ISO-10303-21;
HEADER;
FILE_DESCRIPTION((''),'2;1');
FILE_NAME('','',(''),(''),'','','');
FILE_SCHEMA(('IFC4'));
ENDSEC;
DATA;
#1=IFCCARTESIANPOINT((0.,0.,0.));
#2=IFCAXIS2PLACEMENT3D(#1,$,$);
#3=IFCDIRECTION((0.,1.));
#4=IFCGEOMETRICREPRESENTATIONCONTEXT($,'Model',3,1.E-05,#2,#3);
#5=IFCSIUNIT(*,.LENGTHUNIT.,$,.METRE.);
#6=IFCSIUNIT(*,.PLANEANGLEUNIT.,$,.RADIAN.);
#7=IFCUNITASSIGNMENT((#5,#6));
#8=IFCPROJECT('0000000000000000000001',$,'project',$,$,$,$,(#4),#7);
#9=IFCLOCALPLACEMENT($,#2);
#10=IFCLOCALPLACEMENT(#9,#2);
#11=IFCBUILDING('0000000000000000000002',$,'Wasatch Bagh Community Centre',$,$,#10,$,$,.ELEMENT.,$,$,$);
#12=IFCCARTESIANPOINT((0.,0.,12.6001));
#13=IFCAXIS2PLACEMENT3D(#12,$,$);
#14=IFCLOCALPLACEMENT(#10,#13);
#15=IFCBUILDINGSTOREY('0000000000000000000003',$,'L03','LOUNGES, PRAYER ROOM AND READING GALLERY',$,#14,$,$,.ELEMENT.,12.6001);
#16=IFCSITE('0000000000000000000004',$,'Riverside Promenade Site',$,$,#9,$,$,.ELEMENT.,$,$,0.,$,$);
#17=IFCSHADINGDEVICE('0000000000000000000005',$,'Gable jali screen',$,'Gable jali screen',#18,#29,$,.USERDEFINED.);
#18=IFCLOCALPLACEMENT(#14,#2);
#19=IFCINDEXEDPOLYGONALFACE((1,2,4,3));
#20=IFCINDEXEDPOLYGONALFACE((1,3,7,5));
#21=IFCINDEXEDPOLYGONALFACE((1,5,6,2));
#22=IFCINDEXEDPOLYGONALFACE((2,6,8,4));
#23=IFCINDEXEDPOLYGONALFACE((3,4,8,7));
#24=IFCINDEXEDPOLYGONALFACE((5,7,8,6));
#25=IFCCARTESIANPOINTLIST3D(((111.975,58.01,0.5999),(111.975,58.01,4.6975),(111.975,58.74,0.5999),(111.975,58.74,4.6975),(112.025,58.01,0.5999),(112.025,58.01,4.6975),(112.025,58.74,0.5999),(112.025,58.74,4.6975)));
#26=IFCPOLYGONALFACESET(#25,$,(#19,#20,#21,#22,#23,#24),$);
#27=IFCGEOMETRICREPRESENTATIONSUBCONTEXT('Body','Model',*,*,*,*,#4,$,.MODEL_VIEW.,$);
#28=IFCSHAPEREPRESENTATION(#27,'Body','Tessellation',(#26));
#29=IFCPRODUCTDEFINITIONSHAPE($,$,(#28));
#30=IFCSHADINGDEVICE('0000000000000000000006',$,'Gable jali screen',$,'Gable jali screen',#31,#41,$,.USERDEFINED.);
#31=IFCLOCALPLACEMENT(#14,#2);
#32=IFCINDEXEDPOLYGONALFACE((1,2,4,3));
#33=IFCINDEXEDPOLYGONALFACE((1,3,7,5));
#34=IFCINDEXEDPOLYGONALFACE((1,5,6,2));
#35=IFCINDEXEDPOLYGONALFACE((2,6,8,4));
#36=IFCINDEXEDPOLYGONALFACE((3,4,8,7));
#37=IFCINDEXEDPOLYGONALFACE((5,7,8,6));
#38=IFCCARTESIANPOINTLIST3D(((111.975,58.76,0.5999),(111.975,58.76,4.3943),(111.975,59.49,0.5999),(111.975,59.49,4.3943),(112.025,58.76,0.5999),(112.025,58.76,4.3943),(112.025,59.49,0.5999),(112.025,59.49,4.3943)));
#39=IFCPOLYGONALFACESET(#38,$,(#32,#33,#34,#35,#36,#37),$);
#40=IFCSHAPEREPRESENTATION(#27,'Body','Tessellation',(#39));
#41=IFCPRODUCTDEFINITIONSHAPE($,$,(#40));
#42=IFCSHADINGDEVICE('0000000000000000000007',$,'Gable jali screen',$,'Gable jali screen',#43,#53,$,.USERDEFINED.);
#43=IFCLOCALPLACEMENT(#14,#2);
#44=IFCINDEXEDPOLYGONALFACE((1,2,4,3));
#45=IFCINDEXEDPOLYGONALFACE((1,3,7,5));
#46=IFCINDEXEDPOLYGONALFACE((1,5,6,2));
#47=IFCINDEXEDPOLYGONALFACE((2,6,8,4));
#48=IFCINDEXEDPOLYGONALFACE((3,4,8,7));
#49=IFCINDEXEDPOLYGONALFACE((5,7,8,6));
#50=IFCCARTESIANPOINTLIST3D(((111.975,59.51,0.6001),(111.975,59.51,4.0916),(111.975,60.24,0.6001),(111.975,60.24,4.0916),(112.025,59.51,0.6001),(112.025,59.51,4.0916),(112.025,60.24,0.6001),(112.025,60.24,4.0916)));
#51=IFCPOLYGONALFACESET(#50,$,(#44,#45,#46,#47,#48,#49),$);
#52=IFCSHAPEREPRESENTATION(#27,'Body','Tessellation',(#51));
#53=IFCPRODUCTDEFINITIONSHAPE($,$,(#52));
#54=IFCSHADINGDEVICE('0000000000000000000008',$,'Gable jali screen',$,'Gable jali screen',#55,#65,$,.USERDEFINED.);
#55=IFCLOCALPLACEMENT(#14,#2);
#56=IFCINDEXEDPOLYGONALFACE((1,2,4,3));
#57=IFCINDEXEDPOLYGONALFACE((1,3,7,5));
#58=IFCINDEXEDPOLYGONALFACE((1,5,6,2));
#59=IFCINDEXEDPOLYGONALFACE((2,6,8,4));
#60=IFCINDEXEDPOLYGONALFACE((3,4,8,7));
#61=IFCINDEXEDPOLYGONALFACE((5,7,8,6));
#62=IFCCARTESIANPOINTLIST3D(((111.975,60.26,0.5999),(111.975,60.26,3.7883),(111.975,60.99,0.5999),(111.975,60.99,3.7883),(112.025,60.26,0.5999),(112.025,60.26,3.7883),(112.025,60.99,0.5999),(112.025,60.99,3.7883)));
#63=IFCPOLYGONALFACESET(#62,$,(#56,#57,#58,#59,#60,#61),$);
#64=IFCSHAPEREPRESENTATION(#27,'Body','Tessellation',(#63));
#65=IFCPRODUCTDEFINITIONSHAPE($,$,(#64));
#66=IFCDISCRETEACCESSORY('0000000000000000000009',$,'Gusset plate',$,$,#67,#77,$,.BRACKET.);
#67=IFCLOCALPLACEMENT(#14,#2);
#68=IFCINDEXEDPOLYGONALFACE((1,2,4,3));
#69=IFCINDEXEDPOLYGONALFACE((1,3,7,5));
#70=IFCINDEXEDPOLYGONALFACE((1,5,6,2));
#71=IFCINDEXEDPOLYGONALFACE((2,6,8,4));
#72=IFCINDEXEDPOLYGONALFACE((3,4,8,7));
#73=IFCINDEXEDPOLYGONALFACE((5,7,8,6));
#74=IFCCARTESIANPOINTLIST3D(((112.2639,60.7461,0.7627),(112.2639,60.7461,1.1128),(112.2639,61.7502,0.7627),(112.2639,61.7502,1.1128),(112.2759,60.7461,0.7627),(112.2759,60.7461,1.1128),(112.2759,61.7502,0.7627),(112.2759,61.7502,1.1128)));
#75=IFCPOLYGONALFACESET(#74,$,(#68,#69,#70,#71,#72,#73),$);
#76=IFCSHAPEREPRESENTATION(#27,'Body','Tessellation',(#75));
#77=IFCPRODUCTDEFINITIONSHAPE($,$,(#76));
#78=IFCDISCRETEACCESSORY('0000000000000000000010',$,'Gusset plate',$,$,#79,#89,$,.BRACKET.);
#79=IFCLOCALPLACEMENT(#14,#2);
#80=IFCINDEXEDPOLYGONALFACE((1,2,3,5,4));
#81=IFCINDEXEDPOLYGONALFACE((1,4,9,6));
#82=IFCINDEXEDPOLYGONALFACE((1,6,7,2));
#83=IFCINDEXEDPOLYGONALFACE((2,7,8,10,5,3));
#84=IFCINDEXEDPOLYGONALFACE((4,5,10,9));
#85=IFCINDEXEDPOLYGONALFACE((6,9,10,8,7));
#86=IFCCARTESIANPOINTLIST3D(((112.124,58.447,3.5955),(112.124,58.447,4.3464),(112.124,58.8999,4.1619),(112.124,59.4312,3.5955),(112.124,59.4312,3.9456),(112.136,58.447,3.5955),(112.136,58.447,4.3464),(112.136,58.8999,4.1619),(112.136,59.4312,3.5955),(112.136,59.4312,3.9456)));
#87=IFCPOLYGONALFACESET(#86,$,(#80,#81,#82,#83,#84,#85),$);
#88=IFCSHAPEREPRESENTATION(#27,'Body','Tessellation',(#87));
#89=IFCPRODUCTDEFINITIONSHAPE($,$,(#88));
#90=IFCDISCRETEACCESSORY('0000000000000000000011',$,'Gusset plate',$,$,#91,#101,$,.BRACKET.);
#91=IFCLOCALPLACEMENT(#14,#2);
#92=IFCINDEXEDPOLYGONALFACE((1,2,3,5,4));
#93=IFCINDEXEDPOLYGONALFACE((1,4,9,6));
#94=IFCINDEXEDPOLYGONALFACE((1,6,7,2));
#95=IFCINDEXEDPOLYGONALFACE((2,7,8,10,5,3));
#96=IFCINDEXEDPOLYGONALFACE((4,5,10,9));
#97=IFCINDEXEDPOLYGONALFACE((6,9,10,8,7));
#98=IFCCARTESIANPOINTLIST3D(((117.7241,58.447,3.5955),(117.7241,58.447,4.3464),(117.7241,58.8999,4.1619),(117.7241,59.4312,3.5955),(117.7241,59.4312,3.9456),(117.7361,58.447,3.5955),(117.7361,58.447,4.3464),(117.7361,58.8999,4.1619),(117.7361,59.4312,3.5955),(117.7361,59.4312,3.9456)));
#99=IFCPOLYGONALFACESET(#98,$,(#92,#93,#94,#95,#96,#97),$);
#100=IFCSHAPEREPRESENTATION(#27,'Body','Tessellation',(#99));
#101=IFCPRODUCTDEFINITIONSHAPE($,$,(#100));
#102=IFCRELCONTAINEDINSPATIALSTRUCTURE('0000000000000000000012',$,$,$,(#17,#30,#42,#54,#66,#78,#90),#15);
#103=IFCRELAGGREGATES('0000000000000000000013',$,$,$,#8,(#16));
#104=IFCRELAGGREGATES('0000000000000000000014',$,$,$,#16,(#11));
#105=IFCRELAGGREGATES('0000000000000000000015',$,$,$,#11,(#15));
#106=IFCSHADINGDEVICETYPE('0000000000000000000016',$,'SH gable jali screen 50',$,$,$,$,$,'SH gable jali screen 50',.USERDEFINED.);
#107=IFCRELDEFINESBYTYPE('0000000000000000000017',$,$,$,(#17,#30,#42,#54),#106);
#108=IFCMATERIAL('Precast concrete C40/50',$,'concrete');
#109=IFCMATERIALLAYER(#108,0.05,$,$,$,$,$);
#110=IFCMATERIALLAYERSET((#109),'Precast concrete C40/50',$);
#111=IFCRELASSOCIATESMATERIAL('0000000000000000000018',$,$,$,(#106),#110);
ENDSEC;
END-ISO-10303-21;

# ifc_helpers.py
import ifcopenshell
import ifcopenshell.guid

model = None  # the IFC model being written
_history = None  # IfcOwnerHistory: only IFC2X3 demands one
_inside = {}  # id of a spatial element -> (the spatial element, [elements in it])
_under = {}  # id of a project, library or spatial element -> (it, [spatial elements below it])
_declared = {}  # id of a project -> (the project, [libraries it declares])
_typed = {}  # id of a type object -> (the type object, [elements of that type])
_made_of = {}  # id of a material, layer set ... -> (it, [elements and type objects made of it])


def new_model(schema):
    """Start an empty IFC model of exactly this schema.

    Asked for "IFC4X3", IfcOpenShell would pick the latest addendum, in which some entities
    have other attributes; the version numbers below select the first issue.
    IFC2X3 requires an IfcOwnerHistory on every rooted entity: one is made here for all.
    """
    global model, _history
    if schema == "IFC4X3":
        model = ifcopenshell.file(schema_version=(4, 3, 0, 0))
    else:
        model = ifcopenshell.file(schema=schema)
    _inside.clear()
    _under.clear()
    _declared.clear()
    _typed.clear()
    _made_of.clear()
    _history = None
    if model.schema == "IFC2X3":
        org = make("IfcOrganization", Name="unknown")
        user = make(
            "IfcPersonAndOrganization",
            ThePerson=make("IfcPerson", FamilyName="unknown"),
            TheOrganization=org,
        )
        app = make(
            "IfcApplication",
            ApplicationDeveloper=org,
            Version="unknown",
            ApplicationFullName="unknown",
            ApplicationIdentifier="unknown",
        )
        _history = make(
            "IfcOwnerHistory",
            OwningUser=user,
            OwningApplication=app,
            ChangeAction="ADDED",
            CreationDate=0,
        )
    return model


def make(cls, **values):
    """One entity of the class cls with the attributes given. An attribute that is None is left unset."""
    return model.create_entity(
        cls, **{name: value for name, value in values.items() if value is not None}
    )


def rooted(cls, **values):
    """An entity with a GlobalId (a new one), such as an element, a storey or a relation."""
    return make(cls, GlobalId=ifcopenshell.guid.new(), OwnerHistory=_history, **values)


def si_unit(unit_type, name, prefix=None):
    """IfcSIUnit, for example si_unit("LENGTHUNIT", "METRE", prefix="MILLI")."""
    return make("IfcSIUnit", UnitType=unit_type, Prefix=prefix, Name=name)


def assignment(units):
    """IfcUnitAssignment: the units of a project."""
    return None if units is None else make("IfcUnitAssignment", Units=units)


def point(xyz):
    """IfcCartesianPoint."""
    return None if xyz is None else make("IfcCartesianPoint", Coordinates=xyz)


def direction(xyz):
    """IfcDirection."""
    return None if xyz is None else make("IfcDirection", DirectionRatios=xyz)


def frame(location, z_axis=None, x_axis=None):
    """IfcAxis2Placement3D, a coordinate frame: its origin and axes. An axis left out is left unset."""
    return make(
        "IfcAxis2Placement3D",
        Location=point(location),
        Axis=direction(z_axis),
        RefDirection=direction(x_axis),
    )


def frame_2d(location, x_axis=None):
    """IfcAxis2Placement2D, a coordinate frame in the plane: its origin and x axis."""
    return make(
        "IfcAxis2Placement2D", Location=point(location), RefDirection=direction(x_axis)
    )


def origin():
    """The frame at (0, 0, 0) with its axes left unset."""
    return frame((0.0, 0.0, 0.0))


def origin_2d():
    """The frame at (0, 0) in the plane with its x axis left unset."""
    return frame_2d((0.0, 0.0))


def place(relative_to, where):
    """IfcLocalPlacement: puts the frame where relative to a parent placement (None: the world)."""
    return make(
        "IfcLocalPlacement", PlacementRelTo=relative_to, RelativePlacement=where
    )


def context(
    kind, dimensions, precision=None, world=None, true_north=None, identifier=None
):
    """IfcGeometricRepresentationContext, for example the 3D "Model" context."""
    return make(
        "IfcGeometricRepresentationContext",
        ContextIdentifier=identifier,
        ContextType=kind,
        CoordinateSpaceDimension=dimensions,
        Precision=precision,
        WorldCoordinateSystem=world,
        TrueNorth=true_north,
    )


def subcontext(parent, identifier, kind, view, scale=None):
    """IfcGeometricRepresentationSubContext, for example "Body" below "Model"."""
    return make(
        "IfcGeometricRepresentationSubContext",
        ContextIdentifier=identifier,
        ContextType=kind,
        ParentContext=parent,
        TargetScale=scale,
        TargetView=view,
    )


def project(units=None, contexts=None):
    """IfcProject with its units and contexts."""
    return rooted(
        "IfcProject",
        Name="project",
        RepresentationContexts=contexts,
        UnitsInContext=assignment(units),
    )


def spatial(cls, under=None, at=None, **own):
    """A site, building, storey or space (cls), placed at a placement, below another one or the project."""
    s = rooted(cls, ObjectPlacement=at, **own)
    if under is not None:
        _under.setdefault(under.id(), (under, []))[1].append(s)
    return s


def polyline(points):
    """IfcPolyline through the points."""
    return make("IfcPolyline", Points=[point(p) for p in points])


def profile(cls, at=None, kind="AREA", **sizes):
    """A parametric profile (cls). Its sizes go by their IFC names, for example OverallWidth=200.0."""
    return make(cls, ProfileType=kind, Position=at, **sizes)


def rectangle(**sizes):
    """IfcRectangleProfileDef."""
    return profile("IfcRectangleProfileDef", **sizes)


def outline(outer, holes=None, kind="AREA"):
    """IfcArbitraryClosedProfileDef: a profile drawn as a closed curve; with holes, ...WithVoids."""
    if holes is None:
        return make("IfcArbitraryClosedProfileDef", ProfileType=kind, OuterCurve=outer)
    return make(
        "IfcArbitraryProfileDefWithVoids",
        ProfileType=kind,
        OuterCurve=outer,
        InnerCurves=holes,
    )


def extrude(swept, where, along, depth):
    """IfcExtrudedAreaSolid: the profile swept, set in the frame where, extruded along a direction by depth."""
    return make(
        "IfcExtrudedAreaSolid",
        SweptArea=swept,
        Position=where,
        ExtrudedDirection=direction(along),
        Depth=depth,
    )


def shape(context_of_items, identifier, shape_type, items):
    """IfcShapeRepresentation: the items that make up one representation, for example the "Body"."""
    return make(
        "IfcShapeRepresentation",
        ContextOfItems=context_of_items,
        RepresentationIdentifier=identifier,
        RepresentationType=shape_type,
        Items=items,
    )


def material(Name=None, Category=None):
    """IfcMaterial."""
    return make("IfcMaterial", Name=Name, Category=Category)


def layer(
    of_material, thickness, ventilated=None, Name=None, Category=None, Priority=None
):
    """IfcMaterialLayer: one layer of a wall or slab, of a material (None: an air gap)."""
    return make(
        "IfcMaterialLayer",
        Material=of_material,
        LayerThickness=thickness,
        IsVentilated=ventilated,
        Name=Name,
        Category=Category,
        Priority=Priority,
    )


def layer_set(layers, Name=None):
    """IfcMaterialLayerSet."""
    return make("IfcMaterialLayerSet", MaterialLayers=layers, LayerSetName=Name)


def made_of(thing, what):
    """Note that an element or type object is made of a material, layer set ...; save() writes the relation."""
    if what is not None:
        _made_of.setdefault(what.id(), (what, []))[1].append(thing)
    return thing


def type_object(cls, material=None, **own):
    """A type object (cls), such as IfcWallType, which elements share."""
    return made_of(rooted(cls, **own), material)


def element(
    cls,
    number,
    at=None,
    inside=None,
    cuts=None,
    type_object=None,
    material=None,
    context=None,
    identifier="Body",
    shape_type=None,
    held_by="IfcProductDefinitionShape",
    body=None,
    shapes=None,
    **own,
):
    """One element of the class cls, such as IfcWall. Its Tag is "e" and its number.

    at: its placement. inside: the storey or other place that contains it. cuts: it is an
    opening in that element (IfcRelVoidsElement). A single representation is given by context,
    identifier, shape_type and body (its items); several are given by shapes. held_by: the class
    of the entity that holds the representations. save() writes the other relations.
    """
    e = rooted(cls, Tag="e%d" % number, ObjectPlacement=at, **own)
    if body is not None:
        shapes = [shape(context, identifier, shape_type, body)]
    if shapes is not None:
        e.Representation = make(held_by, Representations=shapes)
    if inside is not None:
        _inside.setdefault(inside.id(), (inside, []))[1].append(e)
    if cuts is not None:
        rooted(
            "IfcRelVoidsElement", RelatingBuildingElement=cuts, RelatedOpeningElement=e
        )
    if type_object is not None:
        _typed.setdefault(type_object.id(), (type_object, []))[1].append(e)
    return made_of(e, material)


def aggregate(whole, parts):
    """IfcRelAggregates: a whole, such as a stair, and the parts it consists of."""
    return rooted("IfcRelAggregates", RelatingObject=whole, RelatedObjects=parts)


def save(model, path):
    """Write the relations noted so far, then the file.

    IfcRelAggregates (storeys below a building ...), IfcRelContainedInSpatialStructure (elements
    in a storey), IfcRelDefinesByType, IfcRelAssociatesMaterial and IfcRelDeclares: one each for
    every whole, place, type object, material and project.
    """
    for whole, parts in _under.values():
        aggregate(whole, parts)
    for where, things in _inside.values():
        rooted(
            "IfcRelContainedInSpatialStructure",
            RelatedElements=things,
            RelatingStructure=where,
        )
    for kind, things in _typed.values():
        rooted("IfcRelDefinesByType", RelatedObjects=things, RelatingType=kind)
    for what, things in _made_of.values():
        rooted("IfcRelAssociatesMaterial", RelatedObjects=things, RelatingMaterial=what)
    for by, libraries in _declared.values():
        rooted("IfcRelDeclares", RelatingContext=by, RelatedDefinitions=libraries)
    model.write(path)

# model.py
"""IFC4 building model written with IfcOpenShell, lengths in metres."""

from ifc_helpers import new_model, si_unit, direction, frame, origin, origin_2d, place, context, subcontext, project, spatial, polyline, rectangle, outline, extrude, material, layer, layer_set, type_object, element, save


model = new_model("IFC4")

# Units and contexts
model_context = context("Model", 3, precision=1e-05, world=origin(), true_north=direction((0.0, 1.0)))
body_context = subcontext(model_context, "Body", "Model", "MODEL_VIEW")
ifc_project = project(units=[si_unit("LENGTHUNIT", "METRE"), si_unit("PLANEANGLEUNIT", "RADIAN")], contexts=[model_context])

# Site, building, storey
site_placement = place(None, origin())
site = spatial("IfcSite", under=ifc_project, at=site_placement, Name="Riverside Promenade Site", CompositionType="ELEMENT", RefElevation=0.0)
building_placement = place(site_placement, origin())
building = spatial("IfcBuilding", under=site, at=building_placement, Name="Wasatch Bagh Community Centre", CompositionType="ELEMENT")
storey_placement = place(building_placement, frame((0.0, 0.0, 12.6001)))
storey = spatial("IfcBuildingStorey", under=building, at=storey_placement, Name="L03", Description="LOUNGES, PRAYER ROOM AND READING GALLERY", CompositionType="ELEMENT", Elevation=12.6001)

# Shading devices
ifc_material_1 = material(Name="Precast concrete C40/50", Category="concrete")
ifc_layer = layer(ifc_material_1, 0.05)
ifc_layer_set = layer_set([ifc_layer], Name="Precast concrete C40/50")
shading_device_type = type_object("IfcShadingDeviceType", Name="SH gable jali screen 50", ElementType="SH gable jali screen 50", PredefinedType="USERDEFINED", material=ifc_layer_set)
shading_device_1_placement = place(storey_placement, frame((112.0, 58.375, 0.5999), z_axis=(0.0, 0.0, 1.0), x_axis=(1.0, 0.0, 0.0)))
element("IfcShadingDevice", 1, at=shading_device_1_placement, inside=storey, type_object=shading_device_type, Name="Gable jali screen", ObjectType="Gable jali screen", PredefinedType="USERDEFINED", context=body_context, shape_type="SweptSolid", body=[
    extrude(rectangle(XDim=0.05, YDim=0.73, at=origin_2d()), origin(), (0.0, 0.0, 1.0), 4.0977),
])
shading_device_2_placement = place(storey_placement, frame((112.0, 59.125, 0.5999), z_axis=(0.0, 0.0, 1.0), x_axis=(1.0, 0.0, 0.0)))
element("IfcShadingDevice", 2, at=shading_device_2_placement, inside=storey, type_object=shading_device_type, Name="Gable jali screen", ObjectType="Gable jali screen", PredefinedType="USERDEFINED", context=body_context, shape_type="SweptSolid", body=[
    extrude(rectangle(XDim=0.05, YDim=0.73, at=origin_2d()), origin(), (0.0, 0.0, 1.0), 3.7944),
])
shading_device_3_placement = place(storey_placement, frame((112.0, 59.875, 0.6001), z_axis=(0.0, 0.0, 1.0), x_axis=(1.0, 0.0, 0.0)))
element("IfcShadingDevice", 3, at=shading_device_3_placement, inside=storey, type_object=shading_device_type, Name="Gable jali screen", ObjectType="Gable jali screen", PredefinedType="USERDEFINED", context=body_context, shape_type="SweptSolid", body=[
    extrude(rectangle(XDim=0.05, YDim=0.73, at=origin_2d()), origin(), (0.0, 0.0, 1.0), 3.4915),
])
shading_device_4_placement = place(storey_placement, frame((112.0, 60.625, 0.5999), z_axis=(0.0, 0.0, 1.0), x_axis=(1.0, 0.0, 0.0)))
element("IfcShadingDevice", 4, at=shading_device_4_placement, inside=storey, type_object=shading_device_type, Name="Gable jali screen", ObjectType="Gable jali screen", PredefinedType="USERDEFINED", context=body_context, shape_type="SweptSolid", body=[
    extrude(rectangle(XDim=0.05, YDim=0.73, at=origin_2d()), origin(), (0.0, 0.0, 1.0), 3.1885),
])

# Discrete accessories
discrete_accessory_placement = place(storey_placement, frame((112.2759, 60.7461, 0.7627), z_axis=(1.0, 0.0, 0.0), x_axis=(0.0, 1.0, 0.0)))
element("IfcDiscreteAccessory", 5, at=discrete_accessory_placement, inside=storey, Name="Gusset plate", PredefinedType="BRACKET", context=body_context, shape_type="SweptSolid", body=[
    extrude(outline(polyline([(0.0, 0.0), (1.0042, 0.0), (1.0042, 0.3501), (0.0, 0.3501), (0.0, 0.0)])), origin(), (0.0, 0.0, -1.0), 0.012),
])
for number, where, z_axis, x_axis, name in (
    (6, (112.124, 58.447, 4.3464), (-1.0, 0.0, 0.0), (0.0, 0.926047, -0.377408), "Gusset plate"),
    (7, (117.7241, 58.447, 4.3464), (-1.0, 0.0, 0.0), (0.0, 0.926047, -0.377408), "Gusset plate"),
):
    element("IfcDiscreteAccessory", number, at=place(storey_placement, frame(where, z_axis=z_axis, x_axis=x_axis)), inside=storey, Name=name, PredefinedType="BRACKET", context=body_context, shape_type="SweptSolid", body=[
        extrude(outline(polyline([(0.0, 0.0), (0.489, 0.0), (1.0626, -0.0002), (1.1948, 0.324), (0.2834, 0.6954), (0.0, 0.0)])), origin(), (0.0, 0.0, -1.0), 0.012),
    ])

save(model, "model.ifc")
